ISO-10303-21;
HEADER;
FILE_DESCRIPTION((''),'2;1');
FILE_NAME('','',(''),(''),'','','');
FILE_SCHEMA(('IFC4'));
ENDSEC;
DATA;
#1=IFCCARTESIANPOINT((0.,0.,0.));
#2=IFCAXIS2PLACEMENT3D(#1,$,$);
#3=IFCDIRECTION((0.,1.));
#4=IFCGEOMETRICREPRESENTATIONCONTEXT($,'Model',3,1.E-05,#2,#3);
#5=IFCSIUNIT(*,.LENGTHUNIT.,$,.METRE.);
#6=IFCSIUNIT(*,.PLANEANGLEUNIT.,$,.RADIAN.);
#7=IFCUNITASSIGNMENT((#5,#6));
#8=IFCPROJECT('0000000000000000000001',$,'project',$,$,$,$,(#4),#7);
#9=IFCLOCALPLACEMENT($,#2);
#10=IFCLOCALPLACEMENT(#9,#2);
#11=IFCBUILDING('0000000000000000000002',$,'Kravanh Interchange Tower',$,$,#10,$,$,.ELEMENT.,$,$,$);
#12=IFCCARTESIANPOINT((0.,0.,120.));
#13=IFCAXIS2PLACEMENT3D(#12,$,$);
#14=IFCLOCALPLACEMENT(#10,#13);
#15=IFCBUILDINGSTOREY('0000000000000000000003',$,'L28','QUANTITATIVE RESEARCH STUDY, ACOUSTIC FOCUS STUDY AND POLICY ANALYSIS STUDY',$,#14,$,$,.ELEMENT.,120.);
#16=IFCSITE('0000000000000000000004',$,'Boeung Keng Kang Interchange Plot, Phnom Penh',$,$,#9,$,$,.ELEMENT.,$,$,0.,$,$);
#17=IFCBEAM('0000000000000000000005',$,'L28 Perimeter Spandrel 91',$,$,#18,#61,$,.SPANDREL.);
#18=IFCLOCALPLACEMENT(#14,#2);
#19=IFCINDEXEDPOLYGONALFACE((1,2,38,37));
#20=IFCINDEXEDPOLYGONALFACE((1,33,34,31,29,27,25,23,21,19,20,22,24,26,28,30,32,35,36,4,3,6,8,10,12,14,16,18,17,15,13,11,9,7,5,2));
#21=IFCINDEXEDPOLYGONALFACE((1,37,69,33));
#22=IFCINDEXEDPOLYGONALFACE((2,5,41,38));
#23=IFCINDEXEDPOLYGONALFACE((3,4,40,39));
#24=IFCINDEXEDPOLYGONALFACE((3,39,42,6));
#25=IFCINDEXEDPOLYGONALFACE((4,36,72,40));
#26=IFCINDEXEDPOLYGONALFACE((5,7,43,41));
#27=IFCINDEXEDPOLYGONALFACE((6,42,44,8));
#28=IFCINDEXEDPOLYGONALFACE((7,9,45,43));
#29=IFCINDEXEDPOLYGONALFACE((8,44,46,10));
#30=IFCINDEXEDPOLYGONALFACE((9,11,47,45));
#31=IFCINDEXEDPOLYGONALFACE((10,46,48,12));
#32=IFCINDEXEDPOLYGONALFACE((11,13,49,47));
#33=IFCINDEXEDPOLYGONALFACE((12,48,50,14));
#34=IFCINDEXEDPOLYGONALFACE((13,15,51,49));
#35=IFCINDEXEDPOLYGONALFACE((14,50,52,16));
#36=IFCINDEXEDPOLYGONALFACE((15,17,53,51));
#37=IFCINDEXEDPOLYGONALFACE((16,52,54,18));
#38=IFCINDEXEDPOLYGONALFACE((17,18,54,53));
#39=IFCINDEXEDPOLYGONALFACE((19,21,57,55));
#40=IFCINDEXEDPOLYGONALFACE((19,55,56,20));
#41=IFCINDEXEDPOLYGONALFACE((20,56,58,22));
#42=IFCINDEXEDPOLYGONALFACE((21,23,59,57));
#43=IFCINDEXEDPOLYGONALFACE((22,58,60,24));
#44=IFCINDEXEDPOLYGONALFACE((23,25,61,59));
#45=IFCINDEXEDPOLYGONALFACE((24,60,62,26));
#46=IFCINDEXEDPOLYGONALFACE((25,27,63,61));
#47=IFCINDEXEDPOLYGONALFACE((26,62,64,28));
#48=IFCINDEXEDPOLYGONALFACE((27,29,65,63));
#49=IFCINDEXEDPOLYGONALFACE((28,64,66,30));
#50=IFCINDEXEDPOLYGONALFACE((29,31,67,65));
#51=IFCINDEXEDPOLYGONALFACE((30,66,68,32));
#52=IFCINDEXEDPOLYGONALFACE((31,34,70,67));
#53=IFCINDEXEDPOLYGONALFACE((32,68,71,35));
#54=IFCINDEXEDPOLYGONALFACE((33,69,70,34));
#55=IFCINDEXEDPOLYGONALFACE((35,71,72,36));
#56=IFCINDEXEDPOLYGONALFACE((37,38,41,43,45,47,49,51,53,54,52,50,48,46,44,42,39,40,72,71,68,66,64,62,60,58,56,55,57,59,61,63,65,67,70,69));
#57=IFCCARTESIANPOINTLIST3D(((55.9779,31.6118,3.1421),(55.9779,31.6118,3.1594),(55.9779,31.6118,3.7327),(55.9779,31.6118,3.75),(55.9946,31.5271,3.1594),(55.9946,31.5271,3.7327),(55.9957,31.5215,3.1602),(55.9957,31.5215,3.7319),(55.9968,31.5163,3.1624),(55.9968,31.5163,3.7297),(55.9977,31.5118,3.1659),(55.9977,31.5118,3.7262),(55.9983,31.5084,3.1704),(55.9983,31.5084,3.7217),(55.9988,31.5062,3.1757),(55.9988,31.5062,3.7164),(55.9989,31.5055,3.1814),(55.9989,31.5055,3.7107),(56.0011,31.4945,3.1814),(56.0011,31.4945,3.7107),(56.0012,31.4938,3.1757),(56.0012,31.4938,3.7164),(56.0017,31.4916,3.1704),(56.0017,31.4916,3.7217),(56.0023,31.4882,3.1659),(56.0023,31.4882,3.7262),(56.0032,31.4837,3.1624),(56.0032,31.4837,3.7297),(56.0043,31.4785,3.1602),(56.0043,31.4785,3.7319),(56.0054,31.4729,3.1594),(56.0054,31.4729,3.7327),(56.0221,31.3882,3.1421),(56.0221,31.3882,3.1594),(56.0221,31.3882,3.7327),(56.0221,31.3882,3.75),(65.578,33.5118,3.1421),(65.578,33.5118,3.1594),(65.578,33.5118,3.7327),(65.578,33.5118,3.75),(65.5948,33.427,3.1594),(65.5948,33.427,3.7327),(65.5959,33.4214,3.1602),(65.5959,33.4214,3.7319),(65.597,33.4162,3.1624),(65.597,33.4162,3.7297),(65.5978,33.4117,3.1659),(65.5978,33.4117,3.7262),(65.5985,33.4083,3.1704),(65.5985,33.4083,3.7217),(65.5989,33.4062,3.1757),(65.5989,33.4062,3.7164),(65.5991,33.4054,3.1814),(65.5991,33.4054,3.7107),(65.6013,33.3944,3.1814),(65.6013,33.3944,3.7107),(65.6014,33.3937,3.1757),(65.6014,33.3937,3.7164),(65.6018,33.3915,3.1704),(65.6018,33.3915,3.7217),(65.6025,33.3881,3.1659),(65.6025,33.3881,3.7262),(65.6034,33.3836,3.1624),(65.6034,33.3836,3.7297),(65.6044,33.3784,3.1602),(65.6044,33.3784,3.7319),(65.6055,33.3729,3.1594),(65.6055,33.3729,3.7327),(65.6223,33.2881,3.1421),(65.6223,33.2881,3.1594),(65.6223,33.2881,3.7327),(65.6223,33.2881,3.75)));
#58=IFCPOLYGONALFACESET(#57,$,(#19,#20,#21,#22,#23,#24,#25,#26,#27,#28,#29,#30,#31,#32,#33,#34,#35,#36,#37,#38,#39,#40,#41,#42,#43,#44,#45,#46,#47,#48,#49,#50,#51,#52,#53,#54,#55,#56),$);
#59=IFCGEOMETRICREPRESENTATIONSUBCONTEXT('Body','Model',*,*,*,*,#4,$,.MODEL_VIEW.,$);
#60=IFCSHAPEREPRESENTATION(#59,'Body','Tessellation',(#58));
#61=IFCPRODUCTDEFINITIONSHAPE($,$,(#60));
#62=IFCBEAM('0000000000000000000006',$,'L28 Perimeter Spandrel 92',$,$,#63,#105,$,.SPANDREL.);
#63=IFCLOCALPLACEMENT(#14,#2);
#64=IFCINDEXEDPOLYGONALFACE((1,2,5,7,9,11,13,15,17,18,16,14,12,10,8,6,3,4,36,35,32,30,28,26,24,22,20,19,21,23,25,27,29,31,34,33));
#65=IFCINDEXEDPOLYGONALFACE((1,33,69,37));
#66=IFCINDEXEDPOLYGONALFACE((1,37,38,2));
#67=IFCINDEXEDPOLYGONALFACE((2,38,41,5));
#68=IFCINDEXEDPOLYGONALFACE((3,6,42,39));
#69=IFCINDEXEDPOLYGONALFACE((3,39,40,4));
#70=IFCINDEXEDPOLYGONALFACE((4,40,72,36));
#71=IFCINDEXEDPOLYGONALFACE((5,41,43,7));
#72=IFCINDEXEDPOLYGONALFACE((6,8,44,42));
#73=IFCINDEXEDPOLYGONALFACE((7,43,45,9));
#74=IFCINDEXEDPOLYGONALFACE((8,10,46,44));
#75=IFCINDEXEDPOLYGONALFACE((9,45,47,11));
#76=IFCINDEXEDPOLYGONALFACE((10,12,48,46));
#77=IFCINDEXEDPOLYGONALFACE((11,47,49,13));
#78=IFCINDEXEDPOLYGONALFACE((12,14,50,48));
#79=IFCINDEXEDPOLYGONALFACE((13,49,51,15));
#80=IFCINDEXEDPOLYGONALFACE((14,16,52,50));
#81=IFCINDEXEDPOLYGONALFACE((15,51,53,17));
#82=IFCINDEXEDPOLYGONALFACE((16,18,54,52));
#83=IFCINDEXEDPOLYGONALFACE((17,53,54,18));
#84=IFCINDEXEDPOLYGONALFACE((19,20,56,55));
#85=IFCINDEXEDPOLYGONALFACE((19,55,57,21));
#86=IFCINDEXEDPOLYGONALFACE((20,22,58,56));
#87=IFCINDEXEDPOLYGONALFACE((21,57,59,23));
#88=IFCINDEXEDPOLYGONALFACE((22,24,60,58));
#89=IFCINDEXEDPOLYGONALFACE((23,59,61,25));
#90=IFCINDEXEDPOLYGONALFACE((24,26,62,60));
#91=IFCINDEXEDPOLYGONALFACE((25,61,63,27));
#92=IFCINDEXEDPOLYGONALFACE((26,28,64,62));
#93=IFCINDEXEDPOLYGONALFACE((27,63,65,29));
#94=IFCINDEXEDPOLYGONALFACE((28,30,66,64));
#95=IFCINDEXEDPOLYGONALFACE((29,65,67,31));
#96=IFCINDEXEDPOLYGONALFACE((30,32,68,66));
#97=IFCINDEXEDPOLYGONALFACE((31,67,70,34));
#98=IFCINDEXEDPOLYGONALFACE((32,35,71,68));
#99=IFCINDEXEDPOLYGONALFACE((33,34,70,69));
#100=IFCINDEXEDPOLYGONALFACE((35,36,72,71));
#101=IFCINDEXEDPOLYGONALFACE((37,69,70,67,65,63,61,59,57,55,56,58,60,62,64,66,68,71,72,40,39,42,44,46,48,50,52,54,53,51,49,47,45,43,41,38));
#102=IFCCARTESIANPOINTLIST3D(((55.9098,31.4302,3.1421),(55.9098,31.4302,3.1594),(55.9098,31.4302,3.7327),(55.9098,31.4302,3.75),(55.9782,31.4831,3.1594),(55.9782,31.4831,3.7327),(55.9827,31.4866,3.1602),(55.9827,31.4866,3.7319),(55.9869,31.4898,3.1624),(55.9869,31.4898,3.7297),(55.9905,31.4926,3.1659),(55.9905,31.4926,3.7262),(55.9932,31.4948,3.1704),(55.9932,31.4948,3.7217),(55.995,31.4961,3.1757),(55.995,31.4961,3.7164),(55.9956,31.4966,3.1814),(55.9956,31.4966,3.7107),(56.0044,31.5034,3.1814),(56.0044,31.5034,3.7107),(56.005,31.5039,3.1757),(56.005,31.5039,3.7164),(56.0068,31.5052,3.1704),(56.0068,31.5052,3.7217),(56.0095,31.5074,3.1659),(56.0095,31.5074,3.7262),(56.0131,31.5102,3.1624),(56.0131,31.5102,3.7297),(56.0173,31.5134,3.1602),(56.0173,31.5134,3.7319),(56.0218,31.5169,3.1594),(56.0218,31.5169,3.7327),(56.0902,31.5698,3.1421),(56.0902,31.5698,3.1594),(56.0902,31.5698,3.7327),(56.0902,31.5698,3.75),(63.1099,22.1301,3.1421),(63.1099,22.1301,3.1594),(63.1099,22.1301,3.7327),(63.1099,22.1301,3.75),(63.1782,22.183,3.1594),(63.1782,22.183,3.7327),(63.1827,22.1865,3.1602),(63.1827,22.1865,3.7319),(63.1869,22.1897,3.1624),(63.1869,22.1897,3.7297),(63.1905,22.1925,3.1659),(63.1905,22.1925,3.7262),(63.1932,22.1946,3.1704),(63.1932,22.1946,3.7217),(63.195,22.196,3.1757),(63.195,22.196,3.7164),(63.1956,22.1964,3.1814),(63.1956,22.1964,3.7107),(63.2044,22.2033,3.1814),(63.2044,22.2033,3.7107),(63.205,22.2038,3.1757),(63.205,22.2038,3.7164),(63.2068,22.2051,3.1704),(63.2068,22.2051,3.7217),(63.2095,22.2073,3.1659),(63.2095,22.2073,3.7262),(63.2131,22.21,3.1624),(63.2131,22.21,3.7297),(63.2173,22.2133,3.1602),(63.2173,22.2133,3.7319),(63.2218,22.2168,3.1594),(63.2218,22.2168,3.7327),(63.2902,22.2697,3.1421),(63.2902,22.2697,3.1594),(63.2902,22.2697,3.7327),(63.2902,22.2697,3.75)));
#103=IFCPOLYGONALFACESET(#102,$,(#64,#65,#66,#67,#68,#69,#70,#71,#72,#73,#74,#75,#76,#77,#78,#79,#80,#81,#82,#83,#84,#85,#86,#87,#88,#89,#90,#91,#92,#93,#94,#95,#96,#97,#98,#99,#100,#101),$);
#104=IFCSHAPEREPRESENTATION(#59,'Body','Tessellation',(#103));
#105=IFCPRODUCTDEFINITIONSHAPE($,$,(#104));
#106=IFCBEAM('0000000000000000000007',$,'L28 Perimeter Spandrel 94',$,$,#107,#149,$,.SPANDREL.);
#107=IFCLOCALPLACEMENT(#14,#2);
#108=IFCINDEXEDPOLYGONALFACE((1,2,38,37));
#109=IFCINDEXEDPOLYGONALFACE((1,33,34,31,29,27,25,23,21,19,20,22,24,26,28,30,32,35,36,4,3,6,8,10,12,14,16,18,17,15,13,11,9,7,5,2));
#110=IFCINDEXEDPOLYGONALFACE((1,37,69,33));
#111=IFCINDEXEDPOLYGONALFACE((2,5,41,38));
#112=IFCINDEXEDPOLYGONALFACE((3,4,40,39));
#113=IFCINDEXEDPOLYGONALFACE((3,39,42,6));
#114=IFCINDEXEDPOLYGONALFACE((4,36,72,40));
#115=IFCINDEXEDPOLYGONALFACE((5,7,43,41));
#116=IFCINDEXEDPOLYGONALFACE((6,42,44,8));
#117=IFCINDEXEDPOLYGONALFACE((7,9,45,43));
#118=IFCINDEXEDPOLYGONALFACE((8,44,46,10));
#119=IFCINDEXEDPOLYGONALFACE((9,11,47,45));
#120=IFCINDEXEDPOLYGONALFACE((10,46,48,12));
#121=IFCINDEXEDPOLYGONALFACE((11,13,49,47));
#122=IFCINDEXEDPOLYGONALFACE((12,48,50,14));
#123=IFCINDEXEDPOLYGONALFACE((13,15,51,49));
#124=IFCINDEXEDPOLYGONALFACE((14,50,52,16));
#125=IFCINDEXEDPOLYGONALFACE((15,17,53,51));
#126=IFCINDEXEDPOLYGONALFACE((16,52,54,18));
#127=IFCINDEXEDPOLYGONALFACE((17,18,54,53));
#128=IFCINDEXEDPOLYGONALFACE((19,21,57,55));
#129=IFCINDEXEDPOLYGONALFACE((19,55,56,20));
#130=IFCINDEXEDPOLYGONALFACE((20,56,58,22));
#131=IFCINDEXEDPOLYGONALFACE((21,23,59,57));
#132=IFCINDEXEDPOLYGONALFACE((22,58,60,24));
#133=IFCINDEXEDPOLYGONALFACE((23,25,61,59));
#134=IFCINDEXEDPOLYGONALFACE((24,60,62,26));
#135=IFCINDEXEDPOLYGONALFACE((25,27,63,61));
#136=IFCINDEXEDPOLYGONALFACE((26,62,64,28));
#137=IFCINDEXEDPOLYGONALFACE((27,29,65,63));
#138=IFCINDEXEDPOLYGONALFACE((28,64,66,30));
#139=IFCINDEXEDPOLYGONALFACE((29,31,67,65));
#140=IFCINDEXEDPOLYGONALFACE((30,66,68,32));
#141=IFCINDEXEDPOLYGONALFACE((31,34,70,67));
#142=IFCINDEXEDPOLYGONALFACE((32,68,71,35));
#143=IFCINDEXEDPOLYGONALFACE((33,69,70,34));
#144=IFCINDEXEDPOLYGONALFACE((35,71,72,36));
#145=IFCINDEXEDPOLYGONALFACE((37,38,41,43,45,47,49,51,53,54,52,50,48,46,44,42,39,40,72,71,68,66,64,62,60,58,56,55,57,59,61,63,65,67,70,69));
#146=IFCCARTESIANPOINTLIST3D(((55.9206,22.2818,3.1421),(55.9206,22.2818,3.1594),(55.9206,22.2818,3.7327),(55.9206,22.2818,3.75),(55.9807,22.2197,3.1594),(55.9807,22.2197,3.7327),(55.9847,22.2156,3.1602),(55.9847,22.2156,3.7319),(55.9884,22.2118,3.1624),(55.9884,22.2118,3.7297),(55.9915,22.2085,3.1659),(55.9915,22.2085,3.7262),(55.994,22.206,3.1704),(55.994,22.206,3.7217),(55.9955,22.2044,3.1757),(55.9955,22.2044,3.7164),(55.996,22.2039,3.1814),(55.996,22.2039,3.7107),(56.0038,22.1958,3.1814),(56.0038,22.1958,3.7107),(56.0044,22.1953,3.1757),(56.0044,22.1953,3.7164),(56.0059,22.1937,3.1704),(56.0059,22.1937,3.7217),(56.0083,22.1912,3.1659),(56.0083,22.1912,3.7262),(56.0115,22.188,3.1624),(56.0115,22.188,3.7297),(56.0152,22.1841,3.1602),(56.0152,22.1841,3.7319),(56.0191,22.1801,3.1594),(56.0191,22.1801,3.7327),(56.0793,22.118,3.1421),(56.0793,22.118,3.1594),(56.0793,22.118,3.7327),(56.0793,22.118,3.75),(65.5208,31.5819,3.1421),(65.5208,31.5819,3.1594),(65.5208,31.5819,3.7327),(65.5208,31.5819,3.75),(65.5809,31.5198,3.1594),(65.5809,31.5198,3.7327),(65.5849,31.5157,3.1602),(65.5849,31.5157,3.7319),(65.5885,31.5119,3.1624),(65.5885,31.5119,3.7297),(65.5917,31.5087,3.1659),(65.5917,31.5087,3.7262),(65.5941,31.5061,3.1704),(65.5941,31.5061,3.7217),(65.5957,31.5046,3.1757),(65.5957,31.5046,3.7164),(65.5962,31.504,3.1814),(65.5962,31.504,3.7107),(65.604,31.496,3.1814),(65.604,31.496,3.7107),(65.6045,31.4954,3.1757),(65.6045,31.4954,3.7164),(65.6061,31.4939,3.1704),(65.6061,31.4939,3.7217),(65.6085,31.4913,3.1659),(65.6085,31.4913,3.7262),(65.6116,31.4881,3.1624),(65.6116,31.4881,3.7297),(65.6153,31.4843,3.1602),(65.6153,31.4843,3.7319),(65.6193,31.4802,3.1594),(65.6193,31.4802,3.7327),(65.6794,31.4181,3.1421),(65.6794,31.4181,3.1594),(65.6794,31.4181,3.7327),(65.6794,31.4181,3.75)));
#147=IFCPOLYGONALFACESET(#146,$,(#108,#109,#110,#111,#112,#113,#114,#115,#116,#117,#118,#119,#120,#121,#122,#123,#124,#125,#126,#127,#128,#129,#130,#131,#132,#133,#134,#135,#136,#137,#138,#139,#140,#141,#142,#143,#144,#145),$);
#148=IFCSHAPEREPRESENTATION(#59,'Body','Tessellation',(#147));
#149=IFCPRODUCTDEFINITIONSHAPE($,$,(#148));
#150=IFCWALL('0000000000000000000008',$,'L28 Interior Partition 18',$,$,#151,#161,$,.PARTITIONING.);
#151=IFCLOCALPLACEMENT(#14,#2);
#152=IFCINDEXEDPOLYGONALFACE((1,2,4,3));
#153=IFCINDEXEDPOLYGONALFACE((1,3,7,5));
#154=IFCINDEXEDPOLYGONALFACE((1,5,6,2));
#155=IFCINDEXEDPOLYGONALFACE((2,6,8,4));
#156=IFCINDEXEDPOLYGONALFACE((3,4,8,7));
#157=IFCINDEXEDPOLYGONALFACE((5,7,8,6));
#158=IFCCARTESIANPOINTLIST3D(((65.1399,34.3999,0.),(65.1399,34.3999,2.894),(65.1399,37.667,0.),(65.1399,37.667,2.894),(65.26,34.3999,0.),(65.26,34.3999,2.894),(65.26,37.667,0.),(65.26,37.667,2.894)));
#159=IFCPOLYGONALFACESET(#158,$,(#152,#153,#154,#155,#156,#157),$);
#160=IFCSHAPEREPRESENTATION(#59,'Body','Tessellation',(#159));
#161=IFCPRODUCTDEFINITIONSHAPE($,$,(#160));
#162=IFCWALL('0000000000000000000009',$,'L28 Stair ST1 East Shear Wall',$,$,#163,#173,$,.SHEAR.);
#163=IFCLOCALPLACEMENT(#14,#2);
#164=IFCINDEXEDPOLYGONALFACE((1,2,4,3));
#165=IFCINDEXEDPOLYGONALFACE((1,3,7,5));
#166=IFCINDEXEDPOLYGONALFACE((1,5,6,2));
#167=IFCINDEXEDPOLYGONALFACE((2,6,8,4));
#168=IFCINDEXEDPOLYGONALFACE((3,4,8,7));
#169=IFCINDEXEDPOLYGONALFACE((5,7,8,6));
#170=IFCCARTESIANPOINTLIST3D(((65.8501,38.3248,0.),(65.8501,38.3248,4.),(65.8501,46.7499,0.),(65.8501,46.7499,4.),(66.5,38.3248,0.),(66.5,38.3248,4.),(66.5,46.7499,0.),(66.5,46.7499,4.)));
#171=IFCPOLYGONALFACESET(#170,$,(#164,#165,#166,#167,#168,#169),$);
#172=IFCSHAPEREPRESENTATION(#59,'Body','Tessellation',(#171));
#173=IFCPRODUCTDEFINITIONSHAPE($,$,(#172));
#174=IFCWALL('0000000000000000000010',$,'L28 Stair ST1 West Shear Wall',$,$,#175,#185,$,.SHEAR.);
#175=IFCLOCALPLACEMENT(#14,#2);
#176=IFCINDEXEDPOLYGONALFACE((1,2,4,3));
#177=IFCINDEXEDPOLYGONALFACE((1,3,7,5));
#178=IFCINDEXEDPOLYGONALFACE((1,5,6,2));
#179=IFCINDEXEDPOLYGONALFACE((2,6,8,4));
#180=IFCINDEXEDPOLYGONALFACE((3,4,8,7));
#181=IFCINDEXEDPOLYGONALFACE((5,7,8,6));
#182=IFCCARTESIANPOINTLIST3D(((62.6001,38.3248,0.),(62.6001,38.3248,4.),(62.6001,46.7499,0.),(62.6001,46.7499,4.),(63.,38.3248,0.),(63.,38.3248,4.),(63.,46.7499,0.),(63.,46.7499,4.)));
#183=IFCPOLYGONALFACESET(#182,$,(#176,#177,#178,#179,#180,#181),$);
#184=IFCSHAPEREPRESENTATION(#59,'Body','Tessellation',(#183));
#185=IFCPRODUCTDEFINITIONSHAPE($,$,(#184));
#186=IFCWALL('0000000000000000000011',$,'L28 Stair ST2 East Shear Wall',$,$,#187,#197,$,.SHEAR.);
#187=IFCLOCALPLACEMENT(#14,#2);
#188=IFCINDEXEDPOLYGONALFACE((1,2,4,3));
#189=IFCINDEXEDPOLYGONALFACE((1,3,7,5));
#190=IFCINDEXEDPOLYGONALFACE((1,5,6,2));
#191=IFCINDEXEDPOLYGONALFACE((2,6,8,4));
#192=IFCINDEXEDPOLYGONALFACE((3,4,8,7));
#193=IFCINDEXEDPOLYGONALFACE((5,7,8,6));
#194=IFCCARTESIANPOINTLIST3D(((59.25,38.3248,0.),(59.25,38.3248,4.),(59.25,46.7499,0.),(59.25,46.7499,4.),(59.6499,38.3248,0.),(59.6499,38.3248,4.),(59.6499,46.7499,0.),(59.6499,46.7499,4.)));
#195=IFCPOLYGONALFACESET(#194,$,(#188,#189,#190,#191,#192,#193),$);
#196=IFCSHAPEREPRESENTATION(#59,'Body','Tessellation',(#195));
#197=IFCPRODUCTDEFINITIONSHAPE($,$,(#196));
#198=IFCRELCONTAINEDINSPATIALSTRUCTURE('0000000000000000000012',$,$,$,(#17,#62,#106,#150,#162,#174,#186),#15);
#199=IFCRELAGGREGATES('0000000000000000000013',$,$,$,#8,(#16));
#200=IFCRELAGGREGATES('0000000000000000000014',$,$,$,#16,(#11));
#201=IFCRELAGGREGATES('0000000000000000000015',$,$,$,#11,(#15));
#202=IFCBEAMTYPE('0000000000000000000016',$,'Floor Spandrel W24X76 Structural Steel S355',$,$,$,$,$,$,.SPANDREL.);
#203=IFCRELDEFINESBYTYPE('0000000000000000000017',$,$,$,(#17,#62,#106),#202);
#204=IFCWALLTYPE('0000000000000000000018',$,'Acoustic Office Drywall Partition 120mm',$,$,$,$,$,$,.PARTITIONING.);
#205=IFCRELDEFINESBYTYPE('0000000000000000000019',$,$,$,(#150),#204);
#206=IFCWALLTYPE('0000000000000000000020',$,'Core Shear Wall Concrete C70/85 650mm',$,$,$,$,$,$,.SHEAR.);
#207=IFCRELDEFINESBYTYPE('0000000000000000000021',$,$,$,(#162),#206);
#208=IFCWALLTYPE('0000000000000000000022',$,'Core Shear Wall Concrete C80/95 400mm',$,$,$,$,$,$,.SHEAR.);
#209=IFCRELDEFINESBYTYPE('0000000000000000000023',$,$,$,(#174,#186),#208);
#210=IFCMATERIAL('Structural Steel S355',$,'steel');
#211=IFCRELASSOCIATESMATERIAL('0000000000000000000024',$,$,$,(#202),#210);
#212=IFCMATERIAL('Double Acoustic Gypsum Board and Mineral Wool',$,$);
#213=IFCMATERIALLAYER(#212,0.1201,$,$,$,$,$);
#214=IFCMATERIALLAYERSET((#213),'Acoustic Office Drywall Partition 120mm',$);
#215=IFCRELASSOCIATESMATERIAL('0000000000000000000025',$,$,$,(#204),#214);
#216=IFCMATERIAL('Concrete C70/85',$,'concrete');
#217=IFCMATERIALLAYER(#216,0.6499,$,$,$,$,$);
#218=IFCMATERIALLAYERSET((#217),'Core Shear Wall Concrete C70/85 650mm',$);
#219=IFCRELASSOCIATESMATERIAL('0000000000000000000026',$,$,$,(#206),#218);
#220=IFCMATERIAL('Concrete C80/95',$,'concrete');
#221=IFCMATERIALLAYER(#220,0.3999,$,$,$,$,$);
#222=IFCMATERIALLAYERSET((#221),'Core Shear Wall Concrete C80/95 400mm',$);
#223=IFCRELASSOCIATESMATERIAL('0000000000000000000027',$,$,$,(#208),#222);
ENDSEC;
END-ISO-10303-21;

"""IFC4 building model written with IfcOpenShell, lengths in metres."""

from ifc_helpers import new_model, si_unit, direction, frame, frame_2d, origin, origin_2d, place, context, subcontext, project, spatial, rectangle, i_section, extrude, material, layer, layer_set, material_profile, profile_set, type_object, element, save


model = new_model("IFC4")

# Units and contexts
model_context = context("Model", 3, precision=1e-05, world=origin(), true_north=direction((0.0, 1.0)))
body_context = subcontext(model_context, "Body", "Model", "MODEL_VIEW")
ifc_project = project(units=[si_unit("LENGTHUNIT", "METRE"), si_unit("PLANEANGLEUNIT", "RADIAN")], contexts=[model_context])

# Site, building, storey
site_placement = place(None, origin())
site = spatial("IfcSite", under=ifc_project, at=site_placement, Name="Boeung Keng Kang Interchange Plot, Phnom Penh", CompositionType="ELEMENT", RefElevation=0.0)
building_placement = place(site_placement, origin())
building = spatial("IfcBuilding", under=site, at=building_placement, Name="Kravanh Interchange Tower", CompositionType="ELEMENT")
storey_placement = place(building_placement, frame((0.0, 0.0, 120.0)))
storey = spatial("IfcBuildingStorey", under=building, at=storey_placement, Name="L28", Description="QUANTITATIVE RESEARCH STUDY, ACOUSTIC FOCUS STUDY AND POLICY ANALYSIS STUDY", CompositionType="ELEMENT", Elevation=120.0)

# Beams
ifc_material_1 = material(Name="Structural Steel S355", Category="steel")
ifc_material_profile_1 = material_profile(ifc_material_1, i_section(OverallWidth=0.228, OverallDepth=0.6079, WebThickness=0.0112, FlangeThickness=0.0173, FilletRadius=0.022, at=origin_2d()), Name="W24X76")
ifc_profile_set_1 = profile_set([ifc_material_profile_1], Name="Structural Steel S355")
beam_type_1 = type_object("IfcBeamType", Name="Floor Spandrel W24X76 Structural Steel S355", PredefinedType="SPANDREL", material=ifc_profile_set_1)
beam_1_placement = place(storey_placement, frame((56.0, 31.5, 3.446), z_axis=(0.980974, 0.194139, 0.0), x_axis=(-0.194139, 0.980974, 0.0)))
element("IfcBeam", 1, at=beam_1_placement, inside=storey, type_object=beam_type_1, Name="L28 Perimeter Spandrel 91", PredefinedType="SPANDREL", context=body_context, shape_type="SweptSolid", body=[
    extrude(i_section(OverallWidth=0.228, OverallDepth=0.6079, WebThickness=0.0112, FlangeThickness=0.0173, FilletRadius=0.022, at=origin_2d()), origin(), (0.0, 0.0, 1.0), 9.7864),
])
beam_2_placement = place(storey_placement, frame((56.0, 31.5, 3.446), z_axis=(0.612169, -0.790727, 0.0), x_axis=(0.790727, 0.612169, 0.0)))
element("IfcBeam", 2, at=beam_2_placement, inside=storey, type_object=beam_type_1, Name="L28 Perimeter Spandrel 92", PredefinedType="SPANDREL", context=body_context, shape_type="SweptSolid", body=[
    extrude(i_section(OverallWidth=0.228, OverallDepth=0.6079, WebThickness=0.0112, FlangeThickness=0.0173, FilletRadius=0.022, at=origin_2d()), origin(), (0.0, 0.0, 1.0), 11.7615),
])
beam_3_placement = place(storey_placement, frame((65.6001, 31.5, 3.446), z_axis=(-0.718242, -0.695793, 0.0), x_axis=(0.695793, -0.718242, 0.0)))
element("IfcBeam", 3, at=beam_3_placement, inside=storey, type_object=beam_type_1, Name="L28 Perimeter Spandrel 94", PredefinedType="SPANDREL", context=body_context, shape_type="SweptSolid", body=[
    extrude(i_section(OverallWidth=0.228, OverallDepth=0.6079, WebThickness=0.0112, FlangeThickness=0.0173, FilletRadius=0.022, at=origin_2d()), origin(), (0.0, 0.0, 1.0), 13.3662),
])

# Walls
ifc_material_2 = material(Name="Double Acoustic Gypsum Board and Mineral Wool")
ifc_layer_1 = layer(ifc_material_2, 0.1201)
ifc_layer_set_1 = layer_set([ifc_layer_1], Name="Acoustic Office Drywall Partition 120mm")
wall_type_1 = type_object("IfcWallType", Name="Acoustic Office Drywall Partition 120mm", PredefinedType="PARTITIONING", material=ifc_layer_set_1)
wall_1_placement = place(storey_placement, frame((65.2, 34.3999, 0.0), z_axis=(0.0, 0.0, 1.0), x_axis=(0.0, 1.0, 0.0)))
element("IfcWall", 4, at=wall_1_placement, inside=storey, type_object=wall_type_1, Name="L28 Interior Partition 18", PredefinedType="PARTITIONING", context=body_context, shape_type="SweptSolid", body=[
    extrude(rectangle(XDim=3.2671, YDim=0.1201, at=frame_2d((1.6335, 0.0))), origin(), (0.0, 0.0, 1.0), 2.894),
])
ifc_material_3 = material(Name="Concrete C70/85", Category="concrete")
ifc_layer_2 = layer(ifc_material_3, 0.6499)
ifc_layer_set_2 = layer_set([ifc_layer_2], Name="Core Shear Wall Concrete C70/85 650mm")
wall_type_2 = type_object("IfcWallType", Name="Core Shear Wall Concrete C70/85 650mm", PredefinedType="SHEAR", material=ifc_layer_set_2)
wall_2_placement = place(storey_placement, frame((66.175, 38.325, 0.0), z_axis=(0.0, 0.0, 1.0), x_axis=(0.0, 1.0, 0.0)))
element("IfcWall", 5, at=wall_2_placement, inside=storey, type_object=wall_type_2, Name="L28 Stair ST1 East Shear Wall", PredefinedType="SHEAR", context=body_context, shape_type="SweptSolid", body=[
    extrude(rectangle(XDim=8.425, YDim=0.6499, at=frame_2d((4.2124, 0.0))), origin(), (0.0, 0.0, 1.0), 4.0),
])
ifc_material_4 = material(Name="Concrete C80/95", Category="concrete")
ifc_layer_3 = layer(ifc_material_4, 0.3999)
ifc_layer_set_3 = layer_set([ifc_layer_3], Name="Core Shear Wall Concrete C80/95 400mm")
wall_type_3 = type_object("IfcWallType", Name="Core Shear Wall Concrete C80/95 400mm", PredefinedType="SHEAR", material=ifc_layer_set_3)
for number, where, z_axis, x_axis, name in (
    (6, (62.8, 38.325, 0.0), (0.0, 0.0, 1.0), (0.0, 1.0, 0.0), "L28 Stair ST1 West Shear Wall"),
    (7, (59.45, 38.325, 0.0), (0.0, 0.0, 1.0), (0.0, 1.0, 0.0), "L28 Stair ST2 East Shear Wall"),
):
    element("IfcWall", number, at=place(storey_placement, frame(where, z_axis=z_axis, x_axis=x_axis)), inside=storey, type_object=wall_type_3, Name=name, PredefinedType="SHEAR", context=body_context, shape_type="SweptSolid", body=[
        extrude(rectangle(XDim=8.425, YDim=0.3999, at=frame_2d((4.2124, 0.0))), origin(), (0.0, 0.0, 1.0), 4.0),
    ])

save(model, "model.ifc")
